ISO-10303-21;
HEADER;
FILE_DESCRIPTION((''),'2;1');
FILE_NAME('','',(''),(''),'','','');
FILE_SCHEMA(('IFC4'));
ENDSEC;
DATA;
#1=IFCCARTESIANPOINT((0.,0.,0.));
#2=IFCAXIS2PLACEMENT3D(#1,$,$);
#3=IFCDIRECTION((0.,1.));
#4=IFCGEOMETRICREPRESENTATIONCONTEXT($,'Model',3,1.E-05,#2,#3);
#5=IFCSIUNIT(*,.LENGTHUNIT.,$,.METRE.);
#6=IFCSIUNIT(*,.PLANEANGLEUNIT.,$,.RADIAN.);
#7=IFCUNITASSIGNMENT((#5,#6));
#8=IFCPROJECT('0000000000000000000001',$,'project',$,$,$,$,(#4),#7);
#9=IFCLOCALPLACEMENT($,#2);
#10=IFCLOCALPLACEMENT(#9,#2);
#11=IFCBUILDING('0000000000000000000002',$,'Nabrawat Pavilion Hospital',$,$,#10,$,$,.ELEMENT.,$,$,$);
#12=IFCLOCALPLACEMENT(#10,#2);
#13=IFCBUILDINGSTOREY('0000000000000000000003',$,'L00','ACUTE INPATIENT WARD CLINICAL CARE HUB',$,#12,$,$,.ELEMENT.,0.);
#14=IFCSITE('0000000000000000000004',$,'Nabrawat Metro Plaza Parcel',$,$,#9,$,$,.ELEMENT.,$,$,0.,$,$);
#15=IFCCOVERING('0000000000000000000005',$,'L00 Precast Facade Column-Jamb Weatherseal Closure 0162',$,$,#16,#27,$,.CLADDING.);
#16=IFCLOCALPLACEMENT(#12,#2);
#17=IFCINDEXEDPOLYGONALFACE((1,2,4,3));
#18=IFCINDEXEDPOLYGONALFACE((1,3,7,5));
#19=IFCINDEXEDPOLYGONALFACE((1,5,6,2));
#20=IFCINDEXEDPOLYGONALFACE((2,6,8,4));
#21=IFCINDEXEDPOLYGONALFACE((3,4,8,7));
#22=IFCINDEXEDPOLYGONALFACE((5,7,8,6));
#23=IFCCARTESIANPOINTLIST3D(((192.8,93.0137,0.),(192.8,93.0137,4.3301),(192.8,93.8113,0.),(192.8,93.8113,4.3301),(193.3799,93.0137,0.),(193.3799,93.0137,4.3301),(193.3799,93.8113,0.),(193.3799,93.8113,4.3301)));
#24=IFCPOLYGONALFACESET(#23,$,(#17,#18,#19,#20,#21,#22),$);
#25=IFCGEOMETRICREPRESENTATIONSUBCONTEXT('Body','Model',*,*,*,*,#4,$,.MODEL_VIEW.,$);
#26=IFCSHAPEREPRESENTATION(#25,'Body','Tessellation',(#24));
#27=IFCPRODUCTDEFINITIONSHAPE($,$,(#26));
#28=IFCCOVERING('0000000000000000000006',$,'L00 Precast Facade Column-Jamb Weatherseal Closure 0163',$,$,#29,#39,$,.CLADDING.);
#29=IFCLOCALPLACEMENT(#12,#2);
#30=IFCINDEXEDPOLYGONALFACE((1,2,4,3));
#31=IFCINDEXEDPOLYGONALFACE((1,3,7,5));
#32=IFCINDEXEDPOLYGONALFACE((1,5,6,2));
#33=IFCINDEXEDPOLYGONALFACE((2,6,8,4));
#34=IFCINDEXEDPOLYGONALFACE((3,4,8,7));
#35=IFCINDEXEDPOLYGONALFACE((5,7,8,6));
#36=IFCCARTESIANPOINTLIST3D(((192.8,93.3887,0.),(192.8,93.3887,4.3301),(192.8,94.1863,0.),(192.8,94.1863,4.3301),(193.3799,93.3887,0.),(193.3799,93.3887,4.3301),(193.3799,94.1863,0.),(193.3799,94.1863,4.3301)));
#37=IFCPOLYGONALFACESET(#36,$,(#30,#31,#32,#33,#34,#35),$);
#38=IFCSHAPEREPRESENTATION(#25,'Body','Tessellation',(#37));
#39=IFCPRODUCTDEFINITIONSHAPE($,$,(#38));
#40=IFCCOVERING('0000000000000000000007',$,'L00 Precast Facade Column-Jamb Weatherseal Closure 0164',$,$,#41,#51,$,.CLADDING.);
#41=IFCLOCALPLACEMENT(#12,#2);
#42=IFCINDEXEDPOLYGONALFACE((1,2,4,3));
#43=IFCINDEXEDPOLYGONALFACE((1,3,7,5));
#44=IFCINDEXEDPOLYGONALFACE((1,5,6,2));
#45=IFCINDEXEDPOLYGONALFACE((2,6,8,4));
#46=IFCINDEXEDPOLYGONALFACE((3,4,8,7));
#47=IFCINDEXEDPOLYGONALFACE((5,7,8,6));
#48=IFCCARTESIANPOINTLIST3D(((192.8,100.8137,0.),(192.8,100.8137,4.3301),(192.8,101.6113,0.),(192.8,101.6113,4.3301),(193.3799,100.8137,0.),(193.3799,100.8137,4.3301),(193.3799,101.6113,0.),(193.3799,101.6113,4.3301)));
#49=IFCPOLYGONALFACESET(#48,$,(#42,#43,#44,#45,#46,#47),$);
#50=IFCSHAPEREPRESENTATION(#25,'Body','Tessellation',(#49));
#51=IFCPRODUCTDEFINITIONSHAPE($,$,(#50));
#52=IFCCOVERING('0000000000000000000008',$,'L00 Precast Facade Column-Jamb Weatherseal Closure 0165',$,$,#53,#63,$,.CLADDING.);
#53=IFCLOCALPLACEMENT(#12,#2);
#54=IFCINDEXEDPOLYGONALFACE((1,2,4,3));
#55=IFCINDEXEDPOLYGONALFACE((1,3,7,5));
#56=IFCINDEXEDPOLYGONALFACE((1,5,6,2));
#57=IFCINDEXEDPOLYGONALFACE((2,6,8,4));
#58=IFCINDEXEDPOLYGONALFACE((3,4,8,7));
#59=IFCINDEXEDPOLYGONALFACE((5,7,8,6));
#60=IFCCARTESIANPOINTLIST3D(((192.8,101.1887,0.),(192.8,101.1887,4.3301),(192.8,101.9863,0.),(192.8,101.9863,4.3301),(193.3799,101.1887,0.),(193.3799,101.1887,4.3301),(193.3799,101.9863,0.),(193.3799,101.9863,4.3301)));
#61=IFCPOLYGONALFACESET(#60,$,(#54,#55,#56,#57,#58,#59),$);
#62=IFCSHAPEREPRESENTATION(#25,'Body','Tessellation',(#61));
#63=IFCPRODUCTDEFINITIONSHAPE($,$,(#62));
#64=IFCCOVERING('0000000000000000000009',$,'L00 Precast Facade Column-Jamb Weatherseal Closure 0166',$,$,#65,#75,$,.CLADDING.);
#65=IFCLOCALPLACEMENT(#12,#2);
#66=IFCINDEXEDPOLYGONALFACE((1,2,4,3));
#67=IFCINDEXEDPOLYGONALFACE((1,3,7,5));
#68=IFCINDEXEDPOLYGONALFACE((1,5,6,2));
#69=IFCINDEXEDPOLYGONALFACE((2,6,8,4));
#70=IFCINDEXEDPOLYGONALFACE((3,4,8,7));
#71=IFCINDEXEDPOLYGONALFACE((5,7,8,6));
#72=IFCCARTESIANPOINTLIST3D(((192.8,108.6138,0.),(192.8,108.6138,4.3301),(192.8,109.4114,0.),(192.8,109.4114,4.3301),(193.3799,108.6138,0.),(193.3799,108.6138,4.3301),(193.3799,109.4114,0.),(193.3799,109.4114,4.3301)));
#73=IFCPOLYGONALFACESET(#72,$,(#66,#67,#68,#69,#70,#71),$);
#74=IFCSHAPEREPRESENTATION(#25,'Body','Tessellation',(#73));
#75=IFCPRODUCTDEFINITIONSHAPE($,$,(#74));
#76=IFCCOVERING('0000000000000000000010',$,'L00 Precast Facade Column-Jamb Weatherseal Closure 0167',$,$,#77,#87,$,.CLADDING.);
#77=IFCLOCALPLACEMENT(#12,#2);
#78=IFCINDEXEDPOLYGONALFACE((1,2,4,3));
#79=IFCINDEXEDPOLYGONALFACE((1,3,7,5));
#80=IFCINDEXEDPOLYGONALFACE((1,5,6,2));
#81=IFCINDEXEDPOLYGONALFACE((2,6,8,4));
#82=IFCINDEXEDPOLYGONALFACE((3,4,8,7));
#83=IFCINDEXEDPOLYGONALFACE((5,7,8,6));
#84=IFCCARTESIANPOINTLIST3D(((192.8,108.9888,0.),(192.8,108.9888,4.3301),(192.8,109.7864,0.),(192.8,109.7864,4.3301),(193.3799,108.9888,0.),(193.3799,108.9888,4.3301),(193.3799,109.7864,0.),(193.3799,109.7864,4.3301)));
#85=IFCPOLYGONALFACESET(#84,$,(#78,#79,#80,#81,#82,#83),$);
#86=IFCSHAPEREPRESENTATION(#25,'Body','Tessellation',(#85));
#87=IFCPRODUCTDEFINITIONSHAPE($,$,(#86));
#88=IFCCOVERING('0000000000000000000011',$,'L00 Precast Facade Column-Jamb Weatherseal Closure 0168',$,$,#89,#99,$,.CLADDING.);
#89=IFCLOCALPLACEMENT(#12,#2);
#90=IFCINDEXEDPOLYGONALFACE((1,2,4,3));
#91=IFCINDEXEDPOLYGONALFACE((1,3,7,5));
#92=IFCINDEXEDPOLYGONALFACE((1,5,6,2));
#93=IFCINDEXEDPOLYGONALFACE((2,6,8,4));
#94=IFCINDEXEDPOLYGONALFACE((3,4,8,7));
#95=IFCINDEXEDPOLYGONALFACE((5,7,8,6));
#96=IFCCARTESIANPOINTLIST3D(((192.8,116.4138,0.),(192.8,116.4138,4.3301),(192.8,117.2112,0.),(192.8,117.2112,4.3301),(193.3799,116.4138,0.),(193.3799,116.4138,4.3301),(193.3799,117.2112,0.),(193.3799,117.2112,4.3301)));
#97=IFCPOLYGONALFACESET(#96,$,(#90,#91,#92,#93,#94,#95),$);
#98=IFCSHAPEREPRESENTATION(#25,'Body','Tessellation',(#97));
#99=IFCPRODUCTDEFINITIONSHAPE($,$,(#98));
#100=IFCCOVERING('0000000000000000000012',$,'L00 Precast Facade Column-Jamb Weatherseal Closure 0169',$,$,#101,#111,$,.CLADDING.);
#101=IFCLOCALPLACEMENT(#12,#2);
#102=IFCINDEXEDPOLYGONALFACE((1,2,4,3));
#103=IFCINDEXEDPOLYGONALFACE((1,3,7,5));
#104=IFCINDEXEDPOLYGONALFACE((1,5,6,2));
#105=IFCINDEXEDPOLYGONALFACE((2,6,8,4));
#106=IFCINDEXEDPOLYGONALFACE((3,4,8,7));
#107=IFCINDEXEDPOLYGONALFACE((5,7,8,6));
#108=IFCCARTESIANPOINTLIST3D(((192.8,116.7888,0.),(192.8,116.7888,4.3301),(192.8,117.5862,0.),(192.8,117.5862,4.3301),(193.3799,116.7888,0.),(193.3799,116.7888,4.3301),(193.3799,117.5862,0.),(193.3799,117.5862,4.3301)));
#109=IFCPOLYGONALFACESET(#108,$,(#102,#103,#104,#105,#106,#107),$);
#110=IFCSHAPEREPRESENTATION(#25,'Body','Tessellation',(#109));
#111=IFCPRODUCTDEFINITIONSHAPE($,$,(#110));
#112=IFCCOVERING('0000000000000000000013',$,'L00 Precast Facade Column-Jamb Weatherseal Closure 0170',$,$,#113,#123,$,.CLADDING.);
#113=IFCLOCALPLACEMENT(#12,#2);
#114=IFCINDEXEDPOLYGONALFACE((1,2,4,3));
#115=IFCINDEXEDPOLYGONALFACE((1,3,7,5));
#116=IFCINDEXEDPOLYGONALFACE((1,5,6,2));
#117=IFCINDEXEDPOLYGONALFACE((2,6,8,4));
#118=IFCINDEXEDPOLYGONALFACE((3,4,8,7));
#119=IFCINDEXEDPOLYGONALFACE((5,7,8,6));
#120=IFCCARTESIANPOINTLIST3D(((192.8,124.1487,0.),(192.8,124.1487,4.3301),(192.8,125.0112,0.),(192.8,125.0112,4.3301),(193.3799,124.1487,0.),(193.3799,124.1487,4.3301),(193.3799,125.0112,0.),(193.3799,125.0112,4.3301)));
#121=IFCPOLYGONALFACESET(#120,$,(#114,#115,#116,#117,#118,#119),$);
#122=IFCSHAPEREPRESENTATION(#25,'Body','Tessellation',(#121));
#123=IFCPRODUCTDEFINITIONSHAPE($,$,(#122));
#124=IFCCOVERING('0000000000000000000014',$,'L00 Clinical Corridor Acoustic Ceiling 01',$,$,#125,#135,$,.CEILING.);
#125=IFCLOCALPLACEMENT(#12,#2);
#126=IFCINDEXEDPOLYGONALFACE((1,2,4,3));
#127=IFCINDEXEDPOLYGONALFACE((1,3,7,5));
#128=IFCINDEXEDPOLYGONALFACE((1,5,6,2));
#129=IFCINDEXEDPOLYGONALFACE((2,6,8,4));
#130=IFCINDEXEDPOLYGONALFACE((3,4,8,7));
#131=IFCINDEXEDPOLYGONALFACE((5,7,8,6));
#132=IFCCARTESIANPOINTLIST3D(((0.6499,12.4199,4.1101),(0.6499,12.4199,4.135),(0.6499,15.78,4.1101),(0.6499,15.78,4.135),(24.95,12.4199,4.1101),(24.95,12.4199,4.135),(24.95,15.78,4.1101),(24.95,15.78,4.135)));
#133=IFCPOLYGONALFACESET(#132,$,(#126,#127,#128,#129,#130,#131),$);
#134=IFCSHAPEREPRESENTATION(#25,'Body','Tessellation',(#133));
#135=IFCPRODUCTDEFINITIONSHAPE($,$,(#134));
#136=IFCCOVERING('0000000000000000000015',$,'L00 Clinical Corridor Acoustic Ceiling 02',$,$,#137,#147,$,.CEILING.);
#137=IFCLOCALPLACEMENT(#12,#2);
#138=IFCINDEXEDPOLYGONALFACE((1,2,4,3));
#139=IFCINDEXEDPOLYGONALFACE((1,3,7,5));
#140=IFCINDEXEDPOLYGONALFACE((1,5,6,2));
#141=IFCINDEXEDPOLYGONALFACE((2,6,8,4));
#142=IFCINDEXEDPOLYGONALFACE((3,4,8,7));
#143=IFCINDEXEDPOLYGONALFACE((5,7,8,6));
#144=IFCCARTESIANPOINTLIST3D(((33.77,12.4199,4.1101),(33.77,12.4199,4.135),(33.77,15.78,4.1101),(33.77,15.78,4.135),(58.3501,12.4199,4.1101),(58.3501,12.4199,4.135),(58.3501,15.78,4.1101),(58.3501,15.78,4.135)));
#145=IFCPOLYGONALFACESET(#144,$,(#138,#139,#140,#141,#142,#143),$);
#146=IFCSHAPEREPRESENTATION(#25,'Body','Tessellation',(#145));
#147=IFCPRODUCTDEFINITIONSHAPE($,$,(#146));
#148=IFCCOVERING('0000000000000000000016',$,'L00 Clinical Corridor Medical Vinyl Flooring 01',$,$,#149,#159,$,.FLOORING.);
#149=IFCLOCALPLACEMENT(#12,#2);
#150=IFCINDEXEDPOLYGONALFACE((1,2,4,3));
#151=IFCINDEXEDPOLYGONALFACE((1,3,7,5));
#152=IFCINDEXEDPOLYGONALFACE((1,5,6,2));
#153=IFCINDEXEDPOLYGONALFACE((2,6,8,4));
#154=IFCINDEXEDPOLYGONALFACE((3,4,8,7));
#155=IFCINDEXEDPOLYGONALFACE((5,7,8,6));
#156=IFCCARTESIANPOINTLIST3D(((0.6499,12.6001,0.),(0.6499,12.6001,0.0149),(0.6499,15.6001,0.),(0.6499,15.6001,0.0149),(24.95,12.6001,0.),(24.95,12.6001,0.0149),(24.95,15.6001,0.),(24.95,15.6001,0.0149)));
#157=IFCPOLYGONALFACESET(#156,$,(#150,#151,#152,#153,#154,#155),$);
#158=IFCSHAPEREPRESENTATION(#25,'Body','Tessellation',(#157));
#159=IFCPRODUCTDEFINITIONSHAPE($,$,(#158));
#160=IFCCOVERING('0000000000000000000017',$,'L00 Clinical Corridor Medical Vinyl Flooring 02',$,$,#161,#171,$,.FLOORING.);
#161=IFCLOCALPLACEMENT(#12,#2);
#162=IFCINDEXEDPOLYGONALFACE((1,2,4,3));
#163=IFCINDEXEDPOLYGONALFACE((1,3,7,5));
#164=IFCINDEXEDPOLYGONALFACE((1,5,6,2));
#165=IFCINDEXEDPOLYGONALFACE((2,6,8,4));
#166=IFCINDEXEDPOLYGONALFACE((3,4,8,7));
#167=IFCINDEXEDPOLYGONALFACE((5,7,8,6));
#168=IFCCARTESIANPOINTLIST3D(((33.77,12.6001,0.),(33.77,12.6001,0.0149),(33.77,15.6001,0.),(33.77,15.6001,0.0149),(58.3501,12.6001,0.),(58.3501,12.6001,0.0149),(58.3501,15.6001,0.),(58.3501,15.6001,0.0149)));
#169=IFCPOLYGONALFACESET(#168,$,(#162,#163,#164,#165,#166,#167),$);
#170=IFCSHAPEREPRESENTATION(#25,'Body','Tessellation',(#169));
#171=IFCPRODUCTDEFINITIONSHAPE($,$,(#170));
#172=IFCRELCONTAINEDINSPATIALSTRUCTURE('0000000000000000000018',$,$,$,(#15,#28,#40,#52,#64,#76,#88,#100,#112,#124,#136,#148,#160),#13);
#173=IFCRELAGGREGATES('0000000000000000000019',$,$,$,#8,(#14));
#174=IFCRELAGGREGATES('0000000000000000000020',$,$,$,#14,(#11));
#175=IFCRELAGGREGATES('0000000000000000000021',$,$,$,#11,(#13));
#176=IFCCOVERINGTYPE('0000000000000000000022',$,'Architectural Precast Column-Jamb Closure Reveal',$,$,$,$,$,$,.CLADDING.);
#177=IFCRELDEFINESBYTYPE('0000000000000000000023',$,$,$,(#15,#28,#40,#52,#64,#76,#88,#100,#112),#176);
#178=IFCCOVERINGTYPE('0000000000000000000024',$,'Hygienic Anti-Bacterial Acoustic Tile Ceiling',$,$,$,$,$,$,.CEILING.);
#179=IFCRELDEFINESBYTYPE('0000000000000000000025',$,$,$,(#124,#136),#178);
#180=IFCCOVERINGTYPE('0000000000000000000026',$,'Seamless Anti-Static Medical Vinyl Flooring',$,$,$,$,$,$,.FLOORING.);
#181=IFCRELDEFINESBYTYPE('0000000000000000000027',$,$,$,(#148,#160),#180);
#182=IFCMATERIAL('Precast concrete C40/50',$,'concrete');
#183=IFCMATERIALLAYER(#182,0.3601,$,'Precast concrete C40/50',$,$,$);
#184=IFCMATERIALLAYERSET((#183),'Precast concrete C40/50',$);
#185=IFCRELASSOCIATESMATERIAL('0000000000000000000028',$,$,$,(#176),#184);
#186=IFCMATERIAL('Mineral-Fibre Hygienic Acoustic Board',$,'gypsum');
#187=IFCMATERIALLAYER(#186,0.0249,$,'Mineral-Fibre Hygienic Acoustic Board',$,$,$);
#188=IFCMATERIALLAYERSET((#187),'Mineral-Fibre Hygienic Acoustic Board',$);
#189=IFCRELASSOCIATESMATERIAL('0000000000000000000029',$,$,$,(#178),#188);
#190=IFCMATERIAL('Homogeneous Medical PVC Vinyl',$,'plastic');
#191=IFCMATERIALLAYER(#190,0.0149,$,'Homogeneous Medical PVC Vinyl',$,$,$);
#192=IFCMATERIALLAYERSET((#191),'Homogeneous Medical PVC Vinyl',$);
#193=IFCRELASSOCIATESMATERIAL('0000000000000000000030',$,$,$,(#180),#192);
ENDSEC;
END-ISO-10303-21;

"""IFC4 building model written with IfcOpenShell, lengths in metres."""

from ifc_helpers import new_model, si_unit, direction, frame, origin, place, context, subcontext, project, spatial, polyline, outline, extrude, material, layer, layer_set, type_object, element, save


model = new_model("IFC4")

# Units and contexts
model_context = context("Model", 3, precision=1e-05, world=origin(), true_north=direction((0.0, 1.0)))
body_context = subcontext(model_context, "Body", "Model", "MODEL_VIEW")
ifc_project = project(units=[si_unit("LENGTHUNIT", "METRE"), si_unit("PLANEANGLEUNIT", "RADIAN")], contexts=[model_context])

# Site, building, storey
site_placement = place(None, origin())
site = spatial("IfcSite", under=ifc_project, at=site_placement, Name="Nabrawat Metro Plaza Parcel", CompositionType="ELEMENT", RefElevation=0.0)
building_placement = place(site_placement, origin())
building = spatial("IfcBuilding", under=site, at=building_placement, Name="Nabrawat Pavilion Hospital", CompositionType="ELEMENT")
storey_placement = place(building_placement, origin())
storey = spatial("IfcBuildingStorey", under=building, at=storey_placement, Name="L00", Description="ACUTE INPATIENT WARD CLINICAL CARE HUB", CompositionType="ELEMENT", Elevation=0.0)

# Coverings
ifc_material_1 = material(Name="Precast concrete C40/50", Category="concrete")
ifc_layer_1 = layer(ifc_material_1, 0.3601, Name="Precast concrete C40/50")
ifc_layer_set_1 = layer_set([ifc_layer_1], Name="Precast concrete C40/50")
covering_type_1 = type_object("IfcCoveringType", Name="Architectural Precast Column-Jamb Closure Reveal", PredefinedType="CLADDING", material=ifc_layer_set_1)
covering_1_placement = place(storey_placement, origin())
element("IfcCovering", 1, at=covering_1_placement, inside=storey, type_object=covering_type_1, Name="L00 Precast Facade Column-Jamb Weatherseal Closure 0162", PredefinedType="CLADDING", context=body_context, shape_type="SweptSolid", body=[
    extrude(outline(polyline([(193.3799, 93.0137), (193.3799, 93.8113), (192.8, 93.8113), (192.8, 93.0137), (193.3799, 93.0137)])), origin(), (0.0, 0.0, 1.0), 4.3301),
])
covering_2_placement = place(storey_placement, origin())
element("IfcCovering", 2, at=covering_2_placement, inside=storey, type_object=covering_type_1, Name="L00 Precast Facade Column-Jamb Weatherseal Closure 0163", PredefinedType="CLADDING", context=body_context, shape_type="SweptSolid", body=[
    extrude(outline(polyline([(193.3799, 93.3887), (193.3799, 94.1863), (192.8, 94.1863), (192.8, 93.3887), (193.3799, 93.3887)])), origin(), (0.0, 0.0, 1.0), 4.3301),
])
covering_3_placement = place(storey_placement, origin())
element("IfcCovering", 3, at=covering_3_placement, inside=storey, type_object=covering_type_1, Name="L00 Precast Facade Column-Jamb Weatherseal Closure 0164", PredefinedType="CLADDING", context=body_context, shape_type="SweptSolid", body=[
    extrude(outline(polyline([(193.3799, 100.8137), (193.3799, 101.6113), (192.8, 101.6113), (192.8, 100.8137), (193.3799, 100.8137)])), origin(), (0.0, 0.0, 1.0), 4.3301),
])
covering_4_placement = place(storey_placement, origin())
element("IfcCovering", 4, at=covering_4_placement, inside=storey, type_object=covering_type_1, Name="L00 Precast Facade Column-Jamb Weatherseal Closure 0165", PredefinedType="CLADDING", context=body_context, shape_type="SweptSolid", body=[
    extrude(outline(polyline([(193.3799, 101.1887), (193.3799, 101.9863), (192.8, 101.9863), (192.8, 101.1887), (193.3799, 101.1887)])), origin(), (0.0, 0.0, 1.0), 4.3301),
])
covering_5_placement = place(storey_placement, origin())
element("IfcCovering", 5, at=covering_5_placement, inside=storey, type_object=covering_type_1, Name="L00 Precast Facade Column-Jamb Weatherseal Closure 0166", PredefinedType="CLADDING", context=body_context, shape_type="SweptSolid", body=[
    extrude(outline(polyline([(193.3799, 108.6138), (193.3799, 109.4114), (192.8, 109.4114), (192.8, 108.6138), (193.3799, 108.6138)])), origin(), (0.0, 0.0, 1.0), 4.3301),
])
covering_6_placement = place(storey_placement, origin())
element("IfcCovering", 6, at=covering_6_placement, inside=storey, type_object=covering_type_1, Name="L00 Precast Facade Column-Jamb Weatherseal Closure 0167", PredefinedType="CLADDING", context=body_context, shape_type="SweptSolid", body=[
    extrude(outline(polyline([(193.3799, 108.9888), (193.3799, 109.7864), (192.8, 109.7864), (192.8, 108.9888), (193.3799, 108.9888)])), origin(), (0.0, 0.0, 1.0), 4.3301),
])
covering_7_placement = place(storey_placement, origin())
element("IfcCovering", 7, at=covering_7_placement, inside=storey, type_object=covering_type_1, Name="L00 Precast Facade Column-Jamb Weatherseal Closure 0168", PredefinedType="CLADDING", context=body_context, shape_type="SweptSolid", body=[
    extrude(outline(polyline([(193.3799, 116.4138), (193.3799, 117.2112), (192.8, 117.2112), (192.8, 116.4138), (193.3799, 116.4138)])), origin(), (0.0, 0.0, 1.0), 4.3301),
])
covering_8_placement = place(storey_placement, origin())
element("IfcCovering", 8, at=covering_8_placement, inside=storey, type_object=covering_type_1, Name="L00 Precast Facade Column-Jamb Weatherseal Closure 0169", PredefinedType="CLADDING", context=body_context, shape_type="SweptSolid", body=[
    extrude(outline(polyline([(193.3799, 116.7888), (193.3799, 117.5862), (192.8, 117.5862), (192.8, 116.7888), (193.3799, 116.7888)])), origin(), (0.0, 0.0, 1.0), 4.3301),
])
covering_9_placement = place(storey_placement, origin())
element("IfcCovering", 9, at=covering_9_placement, inside=storey, type_object=covering_type_1, Name="L00 Precast Facade Column-Jamb Weatherseal Closure 0170", PredefinedType="CLADDING", context=body_context, shape_type="SweptSolid", body=[
    extrude(outline(polyline([(193.3799, 124.1487), (193.3799, 125.0112), (192.8, 125.0112), (192.8, 124.1487), (193.3799, 124.1487)])), origin(), (0.0, 0.0, 1.0), 4.3301),
])
ifc_material_2 = material(Name="Mineral-Fibre Hygienic Acoustic Board", Category="gypsum")
ifc_layer_2 = layer(ifc_material_2, 0.0249, Name="Mineral-Fibre Hygienic Acoustic Board")
ifc_layer_set_2 = layer_set([ifc_layer_2], Name="Mineral-Fibre Hygienic Acoustic Board")
covering_type_2 = type_object("IfcCoveringType", Name="Hygienic Anti-Bacterial Acoustic Tile Ceiling", PredefinedType="CEILING", material=ifc_layer_set_2)
covering_10_placement = place(storey_placement, frame((0.0, 0.0, 4.1101)))
element("IfcCovering", 10, at=covering_10_placement, inside=storey, type_object=covering_type_2, Name="L00 Clinical Corridor Acoustic Ceiling 01", PredefinedType="CEILING", context=body_context, shape_type="SweptSolid", body=[
    extrude(outline(polyline([(24.95, 12.4199), (24.95, 15.78), (0.6499, 15.78), (0.6499, 12.4199), (24.95, 12.4199)])), origin(), (0.0, 0.0, 1.0), 0.0249),
])
covering_11_placement = place(storey_placement, frame((0.0, 0.0, 4.1101)))
element("IfcCovering", 11, at=covering_11_placement, inside=storey, type_object=covering_type_2, Name="L00 Clinical Corridor Acoustic Ceiling 02", PredefinedType="CEILING", context=body_context, shape_type="SweptSolid", body=[
    extrude(outline(polyline([(58.3501, 12.4199), (58.3501, 15.78), (33.77, 15.78), (33.77, 12.4199), (58.3501, 12.4199)])), origin(), (0.0, 0.0, 1.0), 0.0249),
])
ifc_material_3 = material(Name="Homogeneous Medical PVC Vinyl", Category="plastic")
ifc_layer_3 = layer(ifc_material_3, 0.0149, Name="Homogeneous Medical PVC Vinyl")
ifc_layer_set_3 = layer_set([ifc_layer_3], Name="Homogeneous Medical PVC Vinyl")
covering_type_3 = type_object("IfcCoveringType", Name="Seamless Anti-Static Medical Vinyl Flooring", PredefinedType="FLOORING", material=ifc_layer_set_3)
covering_12_placement = place(storey_placement, origin())
element("IfcCovering", 12, at=covering_12_placement, inside=storey, type_object=covering_type_3, Name="L00 Clinical Corridor Medical Vinyl Flooring 01", PredefinedType="FLOORING", context=body_context, shape_type="SweptSolid", body=[
    extrude(outline(polyline([(24.95, 12.6001), (24.95, 15.6001), (0.6499, 15.6001), (0.6499, 12.6001), (24.95, 12.6001)])), origin(), (0.0, 0.0, 1.0), 0.0149),
])
covering_13_placement = place(storey_placement, origin())
element("IfcCovering", 13, at=covering_13_placement, inside=storey, type_object=covering_type_3, Name="L00 Clinical Corridor Medical Vinyl Flooring 02", PredefinedType="FLOORING", context=body_context, shape_type="SweptSolid", body=[
    extrude(outline(polyline([(58.3501, 12.6001), (58.3501, 15.6001), (33.77, 15.6001), (33.77, 12.6001), (58.3501, 12.6001)])), origin(), (0.0, 0.0, 1.0), 0.0149),
])

save(model, "model.ifc")
